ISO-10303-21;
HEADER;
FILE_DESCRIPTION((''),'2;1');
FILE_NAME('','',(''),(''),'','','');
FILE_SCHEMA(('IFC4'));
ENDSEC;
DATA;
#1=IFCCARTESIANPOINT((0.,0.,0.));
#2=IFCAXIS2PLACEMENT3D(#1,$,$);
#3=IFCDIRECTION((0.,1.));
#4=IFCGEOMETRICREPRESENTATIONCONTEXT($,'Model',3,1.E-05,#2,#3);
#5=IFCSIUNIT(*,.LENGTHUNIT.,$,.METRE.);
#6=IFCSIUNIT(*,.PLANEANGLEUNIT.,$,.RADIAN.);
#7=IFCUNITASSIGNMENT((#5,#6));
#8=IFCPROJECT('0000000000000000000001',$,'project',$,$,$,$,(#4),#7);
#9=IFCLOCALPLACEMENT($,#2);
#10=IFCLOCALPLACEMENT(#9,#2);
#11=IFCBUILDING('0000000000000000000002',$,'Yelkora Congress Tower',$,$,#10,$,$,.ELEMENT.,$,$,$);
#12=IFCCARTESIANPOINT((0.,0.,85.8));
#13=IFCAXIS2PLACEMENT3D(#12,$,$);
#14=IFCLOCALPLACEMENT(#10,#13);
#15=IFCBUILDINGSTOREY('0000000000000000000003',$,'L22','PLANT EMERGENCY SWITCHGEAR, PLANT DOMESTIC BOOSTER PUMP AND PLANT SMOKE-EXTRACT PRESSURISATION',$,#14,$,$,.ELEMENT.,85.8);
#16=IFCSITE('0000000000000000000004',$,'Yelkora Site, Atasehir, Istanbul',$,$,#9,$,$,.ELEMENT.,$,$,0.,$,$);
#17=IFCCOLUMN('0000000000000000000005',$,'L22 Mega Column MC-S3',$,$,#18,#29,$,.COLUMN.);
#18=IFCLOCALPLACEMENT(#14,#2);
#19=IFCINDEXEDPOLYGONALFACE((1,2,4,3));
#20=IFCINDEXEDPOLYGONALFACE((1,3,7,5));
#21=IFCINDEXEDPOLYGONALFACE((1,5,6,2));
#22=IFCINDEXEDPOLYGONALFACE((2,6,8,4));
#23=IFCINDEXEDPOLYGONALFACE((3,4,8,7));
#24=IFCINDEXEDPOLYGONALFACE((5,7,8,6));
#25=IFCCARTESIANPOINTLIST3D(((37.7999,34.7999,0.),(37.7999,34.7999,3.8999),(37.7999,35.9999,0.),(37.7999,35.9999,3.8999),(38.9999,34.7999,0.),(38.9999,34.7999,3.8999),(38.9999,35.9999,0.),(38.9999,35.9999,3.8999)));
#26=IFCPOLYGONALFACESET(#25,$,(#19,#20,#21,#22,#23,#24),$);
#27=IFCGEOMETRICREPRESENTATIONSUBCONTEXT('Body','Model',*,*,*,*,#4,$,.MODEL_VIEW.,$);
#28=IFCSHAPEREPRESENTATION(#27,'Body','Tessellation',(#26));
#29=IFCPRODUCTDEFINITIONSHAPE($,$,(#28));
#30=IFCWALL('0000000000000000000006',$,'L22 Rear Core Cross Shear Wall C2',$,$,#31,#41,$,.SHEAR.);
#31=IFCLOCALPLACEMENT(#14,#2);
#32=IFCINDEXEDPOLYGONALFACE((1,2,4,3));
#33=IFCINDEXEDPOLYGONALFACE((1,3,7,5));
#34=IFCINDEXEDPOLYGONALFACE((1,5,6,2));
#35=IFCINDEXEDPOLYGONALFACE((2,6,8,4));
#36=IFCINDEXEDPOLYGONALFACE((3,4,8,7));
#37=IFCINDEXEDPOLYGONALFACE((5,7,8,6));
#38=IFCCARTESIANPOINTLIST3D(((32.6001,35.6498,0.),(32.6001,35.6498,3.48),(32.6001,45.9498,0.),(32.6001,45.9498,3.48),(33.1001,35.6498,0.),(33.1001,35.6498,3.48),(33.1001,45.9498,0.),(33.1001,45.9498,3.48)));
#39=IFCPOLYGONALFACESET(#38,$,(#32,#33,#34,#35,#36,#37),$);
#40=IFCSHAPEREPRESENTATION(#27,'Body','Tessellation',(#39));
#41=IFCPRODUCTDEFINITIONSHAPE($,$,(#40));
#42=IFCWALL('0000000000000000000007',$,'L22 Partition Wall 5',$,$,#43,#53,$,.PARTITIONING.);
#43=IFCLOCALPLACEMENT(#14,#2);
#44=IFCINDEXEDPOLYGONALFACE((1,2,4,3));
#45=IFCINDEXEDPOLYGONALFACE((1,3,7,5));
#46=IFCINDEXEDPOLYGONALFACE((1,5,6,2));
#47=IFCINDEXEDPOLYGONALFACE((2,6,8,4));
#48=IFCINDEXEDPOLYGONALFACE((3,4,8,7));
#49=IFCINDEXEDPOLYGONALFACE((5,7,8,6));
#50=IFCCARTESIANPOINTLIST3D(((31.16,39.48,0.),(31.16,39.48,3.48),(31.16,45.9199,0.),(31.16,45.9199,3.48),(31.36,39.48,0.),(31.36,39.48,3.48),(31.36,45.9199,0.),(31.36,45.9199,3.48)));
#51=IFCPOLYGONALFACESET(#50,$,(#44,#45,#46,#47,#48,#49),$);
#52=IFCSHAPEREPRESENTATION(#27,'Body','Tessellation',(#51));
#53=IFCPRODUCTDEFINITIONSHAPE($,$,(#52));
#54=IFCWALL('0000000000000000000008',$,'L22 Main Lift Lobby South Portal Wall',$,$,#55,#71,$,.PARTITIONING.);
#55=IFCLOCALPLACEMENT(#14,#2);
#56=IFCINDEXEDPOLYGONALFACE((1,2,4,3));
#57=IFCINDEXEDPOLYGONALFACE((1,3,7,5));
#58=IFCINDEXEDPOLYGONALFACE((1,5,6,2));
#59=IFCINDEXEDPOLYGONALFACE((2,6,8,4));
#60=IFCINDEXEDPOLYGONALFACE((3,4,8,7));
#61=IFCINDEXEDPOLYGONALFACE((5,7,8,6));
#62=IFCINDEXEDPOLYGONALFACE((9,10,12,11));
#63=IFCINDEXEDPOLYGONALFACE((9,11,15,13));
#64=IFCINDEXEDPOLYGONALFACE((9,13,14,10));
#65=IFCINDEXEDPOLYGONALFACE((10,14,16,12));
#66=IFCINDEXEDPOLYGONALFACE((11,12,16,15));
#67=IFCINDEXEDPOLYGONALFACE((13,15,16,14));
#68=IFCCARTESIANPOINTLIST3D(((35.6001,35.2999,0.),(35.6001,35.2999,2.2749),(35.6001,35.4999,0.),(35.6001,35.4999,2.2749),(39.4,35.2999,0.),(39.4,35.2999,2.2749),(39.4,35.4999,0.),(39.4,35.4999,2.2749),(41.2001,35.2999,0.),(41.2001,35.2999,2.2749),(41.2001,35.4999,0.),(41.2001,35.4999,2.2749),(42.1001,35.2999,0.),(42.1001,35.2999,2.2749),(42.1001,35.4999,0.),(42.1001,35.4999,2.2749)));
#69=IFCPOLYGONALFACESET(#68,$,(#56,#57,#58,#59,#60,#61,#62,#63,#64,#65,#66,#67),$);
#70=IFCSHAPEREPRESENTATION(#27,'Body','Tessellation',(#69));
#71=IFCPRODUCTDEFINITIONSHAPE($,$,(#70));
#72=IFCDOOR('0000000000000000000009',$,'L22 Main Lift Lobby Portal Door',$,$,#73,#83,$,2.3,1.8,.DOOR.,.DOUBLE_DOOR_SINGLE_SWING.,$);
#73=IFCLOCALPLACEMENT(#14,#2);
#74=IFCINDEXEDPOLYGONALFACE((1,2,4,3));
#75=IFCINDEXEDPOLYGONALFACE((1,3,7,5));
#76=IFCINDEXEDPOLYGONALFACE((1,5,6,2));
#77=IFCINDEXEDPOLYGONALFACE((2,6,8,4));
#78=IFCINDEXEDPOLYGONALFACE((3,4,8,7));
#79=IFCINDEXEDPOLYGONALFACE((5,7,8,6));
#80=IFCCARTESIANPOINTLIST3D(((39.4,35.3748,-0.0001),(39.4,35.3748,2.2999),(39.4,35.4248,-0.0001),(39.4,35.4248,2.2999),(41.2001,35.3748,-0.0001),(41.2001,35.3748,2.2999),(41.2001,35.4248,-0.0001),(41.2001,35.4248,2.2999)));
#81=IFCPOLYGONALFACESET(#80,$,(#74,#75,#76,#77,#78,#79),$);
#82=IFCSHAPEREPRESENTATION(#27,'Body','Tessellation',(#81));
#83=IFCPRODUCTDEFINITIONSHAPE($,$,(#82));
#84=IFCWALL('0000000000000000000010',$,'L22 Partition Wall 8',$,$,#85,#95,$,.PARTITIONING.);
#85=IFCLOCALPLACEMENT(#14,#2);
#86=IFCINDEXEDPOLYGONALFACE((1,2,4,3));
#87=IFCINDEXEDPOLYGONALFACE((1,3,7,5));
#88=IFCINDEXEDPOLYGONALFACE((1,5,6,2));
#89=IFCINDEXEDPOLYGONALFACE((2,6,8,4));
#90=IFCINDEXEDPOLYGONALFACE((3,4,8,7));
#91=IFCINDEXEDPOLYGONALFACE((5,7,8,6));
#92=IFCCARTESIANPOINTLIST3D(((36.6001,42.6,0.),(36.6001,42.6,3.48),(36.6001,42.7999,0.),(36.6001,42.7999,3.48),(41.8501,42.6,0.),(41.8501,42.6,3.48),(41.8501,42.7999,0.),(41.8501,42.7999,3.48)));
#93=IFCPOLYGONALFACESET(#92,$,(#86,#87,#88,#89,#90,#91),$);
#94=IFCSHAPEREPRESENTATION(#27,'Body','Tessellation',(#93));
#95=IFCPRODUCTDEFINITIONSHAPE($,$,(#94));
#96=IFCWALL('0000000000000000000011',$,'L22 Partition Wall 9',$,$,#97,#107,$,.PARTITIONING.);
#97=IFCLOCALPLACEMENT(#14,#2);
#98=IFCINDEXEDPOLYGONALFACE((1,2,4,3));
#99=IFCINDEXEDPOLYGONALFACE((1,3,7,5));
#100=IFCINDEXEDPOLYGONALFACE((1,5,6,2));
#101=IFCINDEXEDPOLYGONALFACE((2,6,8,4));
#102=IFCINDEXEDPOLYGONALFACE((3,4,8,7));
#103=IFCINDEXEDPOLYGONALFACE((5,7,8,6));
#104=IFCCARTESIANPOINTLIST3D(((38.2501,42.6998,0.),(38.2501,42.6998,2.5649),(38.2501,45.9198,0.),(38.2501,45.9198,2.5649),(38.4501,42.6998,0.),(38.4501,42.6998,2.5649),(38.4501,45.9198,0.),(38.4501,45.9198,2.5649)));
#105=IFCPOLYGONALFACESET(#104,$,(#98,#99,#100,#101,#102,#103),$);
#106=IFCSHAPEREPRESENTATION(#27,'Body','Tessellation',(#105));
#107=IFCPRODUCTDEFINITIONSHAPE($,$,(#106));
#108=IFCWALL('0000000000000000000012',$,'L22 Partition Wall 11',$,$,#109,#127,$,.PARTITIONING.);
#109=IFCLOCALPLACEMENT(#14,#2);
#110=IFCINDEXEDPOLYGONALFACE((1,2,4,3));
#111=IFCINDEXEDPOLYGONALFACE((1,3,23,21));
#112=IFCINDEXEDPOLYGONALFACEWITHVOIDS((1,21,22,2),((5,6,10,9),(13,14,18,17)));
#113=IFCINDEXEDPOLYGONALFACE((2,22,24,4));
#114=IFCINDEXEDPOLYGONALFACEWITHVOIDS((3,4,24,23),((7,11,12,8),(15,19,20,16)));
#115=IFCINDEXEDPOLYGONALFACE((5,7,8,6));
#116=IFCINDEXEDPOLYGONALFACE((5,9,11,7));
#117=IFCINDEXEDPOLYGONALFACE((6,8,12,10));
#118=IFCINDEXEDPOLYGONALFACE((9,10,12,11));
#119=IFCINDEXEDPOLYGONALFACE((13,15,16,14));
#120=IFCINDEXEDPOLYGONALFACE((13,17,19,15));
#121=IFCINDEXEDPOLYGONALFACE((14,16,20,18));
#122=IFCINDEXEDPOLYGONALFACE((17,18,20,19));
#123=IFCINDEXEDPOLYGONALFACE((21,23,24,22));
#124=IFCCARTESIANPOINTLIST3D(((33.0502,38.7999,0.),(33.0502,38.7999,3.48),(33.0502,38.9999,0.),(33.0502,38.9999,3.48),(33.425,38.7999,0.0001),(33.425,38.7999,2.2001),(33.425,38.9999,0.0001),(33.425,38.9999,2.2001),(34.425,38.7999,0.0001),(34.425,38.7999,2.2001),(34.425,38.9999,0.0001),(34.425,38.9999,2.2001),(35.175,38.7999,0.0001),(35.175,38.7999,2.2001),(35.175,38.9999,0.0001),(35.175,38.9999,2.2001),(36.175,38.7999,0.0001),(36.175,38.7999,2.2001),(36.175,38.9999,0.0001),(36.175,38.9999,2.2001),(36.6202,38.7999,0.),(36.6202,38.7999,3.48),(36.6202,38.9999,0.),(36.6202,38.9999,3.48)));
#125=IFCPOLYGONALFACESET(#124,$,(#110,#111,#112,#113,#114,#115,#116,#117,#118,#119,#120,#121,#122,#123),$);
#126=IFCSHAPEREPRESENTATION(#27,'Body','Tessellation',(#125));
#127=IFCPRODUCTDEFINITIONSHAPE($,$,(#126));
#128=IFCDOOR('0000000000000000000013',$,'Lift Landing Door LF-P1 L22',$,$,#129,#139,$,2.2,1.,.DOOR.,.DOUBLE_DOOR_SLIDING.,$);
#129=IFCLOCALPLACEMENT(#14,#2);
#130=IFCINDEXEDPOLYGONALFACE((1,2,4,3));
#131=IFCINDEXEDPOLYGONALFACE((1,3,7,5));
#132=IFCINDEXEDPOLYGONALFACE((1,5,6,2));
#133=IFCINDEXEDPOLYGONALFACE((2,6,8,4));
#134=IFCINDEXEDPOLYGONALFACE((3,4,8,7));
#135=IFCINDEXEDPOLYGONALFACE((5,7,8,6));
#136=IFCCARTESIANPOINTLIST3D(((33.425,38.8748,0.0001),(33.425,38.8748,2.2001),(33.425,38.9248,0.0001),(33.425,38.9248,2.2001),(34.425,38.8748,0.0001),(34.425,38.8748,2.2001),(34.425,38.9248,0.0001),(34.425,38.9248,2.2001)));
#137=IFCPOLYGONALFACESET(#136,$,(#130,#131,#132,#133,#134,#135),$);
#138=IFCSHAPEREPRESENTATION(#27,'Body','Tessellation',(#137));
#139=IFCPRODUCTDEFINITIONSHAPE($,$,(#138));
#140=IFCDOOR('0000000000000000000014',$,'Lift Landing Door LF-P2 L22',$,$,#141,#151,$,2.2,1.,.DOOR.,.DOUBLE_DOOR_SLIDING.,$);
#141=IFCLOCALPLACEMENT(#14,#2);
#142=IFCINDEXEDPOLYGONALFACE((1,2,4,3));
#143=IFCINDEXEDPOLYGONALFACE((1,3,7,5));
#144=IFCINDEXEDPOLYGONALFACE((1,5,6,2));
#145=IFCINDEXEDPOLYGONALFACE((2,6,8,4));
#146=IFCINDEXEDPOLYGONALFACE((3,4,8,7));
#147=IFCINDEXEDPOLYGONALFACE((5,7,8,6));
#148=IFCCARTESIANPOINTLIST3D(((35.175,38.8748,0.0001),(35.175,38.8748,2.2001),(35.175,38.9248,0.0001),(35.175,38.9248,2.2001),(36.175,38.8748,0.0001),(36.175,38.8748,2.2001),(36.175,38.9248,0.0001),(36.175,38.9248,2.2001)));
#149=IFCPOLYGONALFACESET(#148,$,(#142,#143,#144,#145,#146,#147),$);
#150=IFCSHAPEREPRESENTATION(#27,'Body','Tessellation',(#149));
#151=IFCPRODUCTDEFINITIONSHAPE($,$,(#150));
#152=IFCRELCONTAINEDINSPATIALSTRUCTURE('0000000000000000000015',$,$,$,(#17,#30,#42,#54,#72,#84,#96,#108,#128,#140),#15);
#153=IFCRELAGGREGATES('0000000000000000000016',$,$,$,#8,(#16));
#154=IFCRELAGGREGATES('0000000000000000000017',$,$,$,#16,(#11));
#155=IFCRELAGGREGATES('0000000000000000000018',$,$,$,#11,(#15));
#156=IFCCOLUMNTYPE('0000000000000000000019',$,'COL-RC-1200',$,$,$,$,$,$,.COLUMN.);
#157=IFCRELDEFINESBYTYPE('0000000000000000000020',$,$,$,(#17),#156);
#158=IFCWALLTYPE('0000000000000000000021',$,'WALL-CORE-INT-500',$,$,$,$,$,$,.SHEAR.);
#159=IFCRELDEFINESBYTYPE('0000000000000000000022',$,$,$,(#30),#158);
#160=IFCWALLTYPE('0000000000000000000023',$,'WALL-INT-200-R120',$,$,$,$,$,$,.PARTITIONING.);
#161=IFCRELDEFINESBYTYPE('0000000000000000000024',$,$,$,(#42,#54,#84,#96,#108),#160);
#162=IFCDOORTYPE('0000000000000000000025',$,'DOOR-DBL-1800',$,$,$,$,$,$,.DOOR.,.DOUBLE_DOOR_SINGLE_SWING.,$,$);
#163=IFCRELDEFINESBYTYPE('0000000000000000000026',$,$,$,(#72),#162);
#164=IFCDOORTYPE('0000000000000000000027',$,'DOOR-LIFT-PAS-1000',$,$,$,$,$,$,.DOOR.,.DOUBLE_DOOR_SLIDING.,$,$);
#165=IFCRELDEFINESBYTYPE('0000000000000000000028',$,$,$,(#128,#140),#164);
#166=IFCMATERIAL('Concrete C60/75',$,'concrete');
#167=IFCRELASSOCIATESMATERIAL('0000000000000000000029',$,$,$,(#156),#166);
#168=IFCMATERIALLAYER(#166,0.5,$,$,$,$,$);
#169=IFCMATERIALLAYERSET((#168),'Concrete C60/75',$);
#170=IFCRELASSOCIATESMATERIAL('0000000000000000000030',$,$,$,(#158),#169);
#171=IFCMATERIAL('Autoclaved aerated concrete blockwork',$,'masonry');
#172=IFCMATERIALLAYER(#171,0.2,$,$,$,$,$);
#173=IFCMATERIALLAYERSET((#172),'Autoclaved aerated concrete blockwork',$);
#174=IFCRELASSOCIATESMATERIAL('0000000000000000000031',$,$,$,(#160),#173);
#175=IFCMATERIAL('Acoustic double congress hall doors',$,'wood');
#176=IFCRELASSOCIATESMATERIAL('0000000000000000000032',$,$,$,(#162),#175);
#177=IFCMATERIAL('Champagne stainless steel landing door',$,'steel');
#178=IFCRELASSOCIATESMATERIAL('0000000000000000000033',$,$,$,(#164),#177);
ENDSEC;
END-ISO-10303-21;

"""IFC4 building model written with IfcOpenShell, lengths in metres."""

from ifc_helpers import new_model, si_unit, direction, frame, frame_2d, origin, origin_2d, place, context, subcontext, project, spatial, rectangle, extrude, material, layer, layer_set, material_profile, profile_set, type_object, element, fill, save


model = new_model("IFC4")

# Units and contexts
model_context = context("Model", 3, precision=1e-05, world=origin(), true_north=direction((0.0, 1.0)))
body_context = subcontext(model_context, "Body", "Model", "MODEL_VIEW")
ifc_project = project(units=[si_unit("LENGTHUNIT", "METRE"), si_unit("PLANEANGLEUNIT", "RADIAN")], contexts=[model_context])

# Site, building, storey
site_placement = place(None, origin())
site = spatial("IfcSite", under=ifc_project, at=site_placement, Name="Yelkora Site, Atasehir, Istanbul", CompositionType="ELEMENT", RefElevation=0.0)
building_placement = place(site_placement, origin())
building = spatial("IfcBuilding", under=site, at=building_placement, Name="Yelkora Congress Tower", CompositionType="ELEMENT")
storey_placement = place(building_placement, frame((0.0, 0.0, 85.8)))
storey = spatial("IfcBuildingStorey", under=building, at=storey_placement, Name="L22", Description="PLANT EMERGENCY SWITCHGEAR, PLANT DOMESTIC BOOSTER PUMP AND PLANT SMOKE-EXTRACT PRESSURISATION", CompositionType="ELEMENT", Elevation=85.8)

# Column
ifc_material_1 = material(Name="Concrete C60/75", Category="concrete")
ifc_material_profile = material_profile(ifc_material_1, rectangle(XDim=1.2, YDim=1.2, at=origin_2d()), Name="RC 1200x1200")
ifc_profile_set = profile_set([ifc_material_profile], Name="Concrete C60/75")
column_type = type_object("IfcColumnType", Name="COL-RC-1200", PredefinedType="COLUMN", material=ifc_profile_set)
column_placement = place(storey_placement, frame((38.3999, 35.3999, 0.0), z_axis=(0.0, 0.0, 1.0), x_axis=(1.0, 0.0, 0.0)))
element("IfcColumn", 1, at=column_placement, inside=storey, type_object=column_type, Name="L22 Mega Column MC-S3", PredefinedType="COLUMN", context=body_context, shape_type="SweptSolid", body=[
    extrude(rectangle(XDim=1.2, YDim=1.2, at=origin_2d()), origin(), (0.0, 0.0, 1.0), 3.8999),
])

# Walls
ifc_layer_1 = layer(ifc_material_1, 0.5)
ifc_layer_set_1 = layer_set([ifc_layer_1], Name="Concrete C60/75")
wall_type_1 = type_object("IfcWallType", Name="WALL-CORE-INT-500", PredefinedType="SHEAR", material=ifc_layer_set_1)
wall_1_placement = place(storey_placement, frame((32.8501, 35.6499, 0.0), z_axis=(0.0, 0.0, 1.0), x_axis=(0.0, 1.0, 0.0)))
element("IfcWall", 2, at=wall_1_placement, inside=storey, type_object=wall_type_1, Name="L22 Rear Core Cross Shear Wall C2", PredefinedType="SHEAR", context=body_context, shape_type="SweptSolid", body=[
    extrude(rectangle(XDim=10.3, YDim=0.5, at=frame_2d((5.1499, 0.0))), origin(), (0.0, 0.0, 1.0), 3.48),
])
ifc_material_2 = material(Name="Autoclaved aerated concrete blockwork", Category="masonry")
ifc_layer_2 = layer(ifc_material_2, 0.2)
ifc_layer_set_2 = layer_set([ifc_layer_2], Name="Autoclaved aerated concrete blockwork")
wall_type_2 = type_object("IfcWallType", Name="WALL-INT-200-R120", PredefinedType="PARTITIONING", material=ifc_layer_set_2)
wall_2_placement = place(storey_placement, frame((31.26, 39.48, 0.0), z_axis=(0.0, 0.0, 1.0), x_axis=(0.0, 1.0, 0.0)))
element("IfcWall", 3, at=wall_2_placement, inside=storey, type_object=wall_type_2, Name="L22 Partition Wall 5", PredefinedType="PARTITIONING", context=body_context, shape_type="SweptSolid", body=[
    extrude(rectangle(XDim=6.4399, YDim=0.2, at=frame_2d((3.22, 0.0))), origin(), (0.0, 0.0, 1.0), 3.48),
])

# Wall, opening, door
wall_3_placement = place(storey_placement, frame((35.6001, 35.3999, 0.0), z_axis=(0.0, 0.0, 1.0), x_axis=(1.0, 0.0, 0.0)))
wall_3 = element("IfcWall", 4, at=wall_3_placement, inside=storey, type_object=wall_type_2, Name="L22 Main Lift Lobby South Portal Wall", PredefinedType="PARTITIONING", context=body_context, shape_type="SweptSolid", body=[
    extrude(rectangle(XDim=6.5, YDim=0.2, at=frame_2d((3.25, 0.0))), origin(), (0.0, 0.0, 1.0), 2.2749),
])
opening_1_placement = place(wall_3_placement, frame((3.8, 0.0, 0.0)))
opening_1 = element("IfcOpeningElement", 5, at=opening_1_placement, cuts=wall_3, PredefinedType="OPENING", context=body_context, shape_type="SweptSolid", body=[
    extrude(rectangle(XDim=1.8, YDim=2.3, at=frame_2d((0.8999, 1.1499))), frame((0.0, 0.1099, 0.0), z_axis=(0.0, -1.0, 0.0), x_axis=(1.0, 0.0, 0.0)), (0.0, 0.0, 1.0), 0.22),
])
ifc_material_3 = material(Name="Acoustic double congress hall doors", Category="wood")
door_type_1 = type_object("IfcDoorType", Name="DOOR-DBL-1800", OperationType="DOUBLE_DOOR_SINGLE_SWING", PredefinedType="DOOR", material=ifc_material_3)
door_1_placement = place(opening_1_placement, origin())
door_1 = element("IfcDoor", 6, at=door_1_placement, inside=storey, type_object=door_type_1, Name="L22 Main Lift Lobby Portal Door", OperationType="DOUBLE_DOOR_SINGLE_SWING", OverallHeight=2.3, OverallWidth=1.8, PredefinedType="DOOR", context=body_context, shape_type="SweptSolid", body=[
    extrude(rectangle(XDim=1.8, YDim=2.3, at=frame_2d((0.8999, 1.1499))), frame((0.0, 0.0249, 0.0), z_axis=(0.0, -1.0, 0.0), x_axis=(1.0, 0.0, 0.0)), (0.0, 0.0, 1.0), 0.05),
])
fill(opening_1, door_1)

# Walls
wall_4_placement = place(storey_placement, frame((36.6001, 42.7, 0.0), z_axis=(0.0, 0.0, 1.0), x_axis=(1.0, 0.0, 0.0)))
element("IfcWall", 7, at=wall_4_placement, inside=storey, type_object=wall_type_2, Name="L22 Partition Wall 8", PredefinedType="PARTITIONING", context=body_context, shape_type="SweptSolid", body=[
    extrude(rectangle(XDim=5.25, YDim=0.2, at=frame_2d((2.625, 0.0))), origin(), (0.0, 0.0, 1.0), 3.48),
])
wall_5_placement = place(storey_placement, frame((38.3501, 42.7, 0.0), z_axis=(0.0, 0.0, 1.0), x_axis=(0.0, 1.0, 0.0)))
element("IfcWall", 8, at=wall_5_placement, inside=storey, type_object=wall_type_2, Name="L22 Partition Wall 9", PredefinedType="PARTITIONING", context=body_context, shape_type="SweptSolid", body=[
    extrude(rectangle(XDim=3.22, YDim=0.2, at=frame_2d((1.6099, 0.0))), origin(), (0.0, 0.0, 1.0), 2.5649),
])

# Wall, openings, doors
wall_6_placement = place(storey_placement, frame((33.05, 38.8999, 0.0), z_axis=(0.0, 0.0, 1.0), x_axis=(1.0, 0.0, 0.0)))
wall_6 = element("IfcWall", 9, at=wall_6_placement, inside=storey, type_object=wall_type_2, Name="L22 Partition Wall 11", PredefinedType="PARTITIONING", context=body_context, shape_type="SweptSolid", body=[
    extrude(rectangle(XDim=3.5701, YDim=0.2, at=frame_2d((1.7852, 0.0))), origin(), (0.0, 0.0, 1.0), 3.48),
])
opening_2_placement = place(wall_6_placement, frame((0.375, 0.0, 0.0)))
opening_2 = element("IfcOpeningElement", 10, at=opening_2_placement, cuts=wall_6, PredefinedType="OPENING", context=body_context, shape_type="SweptSolid", body=[
    extrude(rectangle(XDim=1.0, YDim=2.2, at=frame_2d((0.5, 1.1001))), frame((0.0, 0.1099, 0.0), z_axis=(0.0, -1.0, 0.0), x_axis=(1.0, 0.0, 0.0)), (0.0, 0.0, 1.0), 0.22),
])
opening_3_placement = place(wall_6_placement, frame((2.125, 0.0, 0.0)))
opening_3 = element("IfcOpeningElement", 11, at=opening_3_placement, cuts=wall_6, PredefinedType="OPENING", context=body_context, shape_type="SweptSolid", body=[
    extrude(rectangle(XDim=1.0, YDim=2.2, at=frame_2d((0.5, 1.1001))), frame((0.0, 0.1099, 0.0), z_axis=(0.0, -1.0, 0.0), x_axis=(1.0, 0.0, 0.0)), (0.0, 0.0, 1.0), 0.22),
])
ifc_material_4 = material(Name="Champagne stainless steel landing door", Category="steel")
door_type_2 = type_object("IfcDoorType", Name="DOOR-LIFT-PAS-1000", OperationType="DOUBLE_DOOR_SLIDING", PredefinedType="DOOR", material=ifc_material_4)
door_2_placement = place(opening_2_placement, origin())
door_2 = element("IfcDoor", 12, at=door_2_placement, inside=storey, type_object=door_type_2, Name="Lift Landing Door LF-P1 L22", OperationType="DOUBLE_DOOR_SLIDING", OverallHeight=2.2, OverallWidth=1.0, PredefinedType="DOOR", context=body_context, shape_type="SweptSolid", body=[
    extrude(rectangle(XDim=1.0, YDim=2.2, at=frame_2d((0.5, 1.1001))), frame((0.0, 0.0249, 0.0), z_axis=(0.0, -1.0, 0.0), x_axis=(1.0, 0.0, 0.0)), (0.0, 0.0, 1.0), 0.05),
])
fill(opening_2, door_2)
door_3_placement = place(opening_3_placement, origin())
door_3 = element("IfcDoor", 13, at=door_3_placement, inside=storey, type_object=door_type_2, Name="Lift Landing Door LF-P2 L22", OperationType="DOUBLE_DOOR_SLIDING", OverallHeight=2.2, OverallWidth=1.0, PredefinedType="DOOR", context=body_context, shape_type="SweptSolid", body=[
    extrude(rectangle(XDim=1.0, YDim=2.2, at=frame_2d((0.5, 1.1001))), frame((0.0, 0.0249, 0.0), z_axis=(0.0, -1.0, 0.0), x_axis=(1.0, 0.0, 0.0)), (0.0, 0.0, 1.0), 0.05),
])
fill(opening_3, door_3)

save(model, "model.ifc")
